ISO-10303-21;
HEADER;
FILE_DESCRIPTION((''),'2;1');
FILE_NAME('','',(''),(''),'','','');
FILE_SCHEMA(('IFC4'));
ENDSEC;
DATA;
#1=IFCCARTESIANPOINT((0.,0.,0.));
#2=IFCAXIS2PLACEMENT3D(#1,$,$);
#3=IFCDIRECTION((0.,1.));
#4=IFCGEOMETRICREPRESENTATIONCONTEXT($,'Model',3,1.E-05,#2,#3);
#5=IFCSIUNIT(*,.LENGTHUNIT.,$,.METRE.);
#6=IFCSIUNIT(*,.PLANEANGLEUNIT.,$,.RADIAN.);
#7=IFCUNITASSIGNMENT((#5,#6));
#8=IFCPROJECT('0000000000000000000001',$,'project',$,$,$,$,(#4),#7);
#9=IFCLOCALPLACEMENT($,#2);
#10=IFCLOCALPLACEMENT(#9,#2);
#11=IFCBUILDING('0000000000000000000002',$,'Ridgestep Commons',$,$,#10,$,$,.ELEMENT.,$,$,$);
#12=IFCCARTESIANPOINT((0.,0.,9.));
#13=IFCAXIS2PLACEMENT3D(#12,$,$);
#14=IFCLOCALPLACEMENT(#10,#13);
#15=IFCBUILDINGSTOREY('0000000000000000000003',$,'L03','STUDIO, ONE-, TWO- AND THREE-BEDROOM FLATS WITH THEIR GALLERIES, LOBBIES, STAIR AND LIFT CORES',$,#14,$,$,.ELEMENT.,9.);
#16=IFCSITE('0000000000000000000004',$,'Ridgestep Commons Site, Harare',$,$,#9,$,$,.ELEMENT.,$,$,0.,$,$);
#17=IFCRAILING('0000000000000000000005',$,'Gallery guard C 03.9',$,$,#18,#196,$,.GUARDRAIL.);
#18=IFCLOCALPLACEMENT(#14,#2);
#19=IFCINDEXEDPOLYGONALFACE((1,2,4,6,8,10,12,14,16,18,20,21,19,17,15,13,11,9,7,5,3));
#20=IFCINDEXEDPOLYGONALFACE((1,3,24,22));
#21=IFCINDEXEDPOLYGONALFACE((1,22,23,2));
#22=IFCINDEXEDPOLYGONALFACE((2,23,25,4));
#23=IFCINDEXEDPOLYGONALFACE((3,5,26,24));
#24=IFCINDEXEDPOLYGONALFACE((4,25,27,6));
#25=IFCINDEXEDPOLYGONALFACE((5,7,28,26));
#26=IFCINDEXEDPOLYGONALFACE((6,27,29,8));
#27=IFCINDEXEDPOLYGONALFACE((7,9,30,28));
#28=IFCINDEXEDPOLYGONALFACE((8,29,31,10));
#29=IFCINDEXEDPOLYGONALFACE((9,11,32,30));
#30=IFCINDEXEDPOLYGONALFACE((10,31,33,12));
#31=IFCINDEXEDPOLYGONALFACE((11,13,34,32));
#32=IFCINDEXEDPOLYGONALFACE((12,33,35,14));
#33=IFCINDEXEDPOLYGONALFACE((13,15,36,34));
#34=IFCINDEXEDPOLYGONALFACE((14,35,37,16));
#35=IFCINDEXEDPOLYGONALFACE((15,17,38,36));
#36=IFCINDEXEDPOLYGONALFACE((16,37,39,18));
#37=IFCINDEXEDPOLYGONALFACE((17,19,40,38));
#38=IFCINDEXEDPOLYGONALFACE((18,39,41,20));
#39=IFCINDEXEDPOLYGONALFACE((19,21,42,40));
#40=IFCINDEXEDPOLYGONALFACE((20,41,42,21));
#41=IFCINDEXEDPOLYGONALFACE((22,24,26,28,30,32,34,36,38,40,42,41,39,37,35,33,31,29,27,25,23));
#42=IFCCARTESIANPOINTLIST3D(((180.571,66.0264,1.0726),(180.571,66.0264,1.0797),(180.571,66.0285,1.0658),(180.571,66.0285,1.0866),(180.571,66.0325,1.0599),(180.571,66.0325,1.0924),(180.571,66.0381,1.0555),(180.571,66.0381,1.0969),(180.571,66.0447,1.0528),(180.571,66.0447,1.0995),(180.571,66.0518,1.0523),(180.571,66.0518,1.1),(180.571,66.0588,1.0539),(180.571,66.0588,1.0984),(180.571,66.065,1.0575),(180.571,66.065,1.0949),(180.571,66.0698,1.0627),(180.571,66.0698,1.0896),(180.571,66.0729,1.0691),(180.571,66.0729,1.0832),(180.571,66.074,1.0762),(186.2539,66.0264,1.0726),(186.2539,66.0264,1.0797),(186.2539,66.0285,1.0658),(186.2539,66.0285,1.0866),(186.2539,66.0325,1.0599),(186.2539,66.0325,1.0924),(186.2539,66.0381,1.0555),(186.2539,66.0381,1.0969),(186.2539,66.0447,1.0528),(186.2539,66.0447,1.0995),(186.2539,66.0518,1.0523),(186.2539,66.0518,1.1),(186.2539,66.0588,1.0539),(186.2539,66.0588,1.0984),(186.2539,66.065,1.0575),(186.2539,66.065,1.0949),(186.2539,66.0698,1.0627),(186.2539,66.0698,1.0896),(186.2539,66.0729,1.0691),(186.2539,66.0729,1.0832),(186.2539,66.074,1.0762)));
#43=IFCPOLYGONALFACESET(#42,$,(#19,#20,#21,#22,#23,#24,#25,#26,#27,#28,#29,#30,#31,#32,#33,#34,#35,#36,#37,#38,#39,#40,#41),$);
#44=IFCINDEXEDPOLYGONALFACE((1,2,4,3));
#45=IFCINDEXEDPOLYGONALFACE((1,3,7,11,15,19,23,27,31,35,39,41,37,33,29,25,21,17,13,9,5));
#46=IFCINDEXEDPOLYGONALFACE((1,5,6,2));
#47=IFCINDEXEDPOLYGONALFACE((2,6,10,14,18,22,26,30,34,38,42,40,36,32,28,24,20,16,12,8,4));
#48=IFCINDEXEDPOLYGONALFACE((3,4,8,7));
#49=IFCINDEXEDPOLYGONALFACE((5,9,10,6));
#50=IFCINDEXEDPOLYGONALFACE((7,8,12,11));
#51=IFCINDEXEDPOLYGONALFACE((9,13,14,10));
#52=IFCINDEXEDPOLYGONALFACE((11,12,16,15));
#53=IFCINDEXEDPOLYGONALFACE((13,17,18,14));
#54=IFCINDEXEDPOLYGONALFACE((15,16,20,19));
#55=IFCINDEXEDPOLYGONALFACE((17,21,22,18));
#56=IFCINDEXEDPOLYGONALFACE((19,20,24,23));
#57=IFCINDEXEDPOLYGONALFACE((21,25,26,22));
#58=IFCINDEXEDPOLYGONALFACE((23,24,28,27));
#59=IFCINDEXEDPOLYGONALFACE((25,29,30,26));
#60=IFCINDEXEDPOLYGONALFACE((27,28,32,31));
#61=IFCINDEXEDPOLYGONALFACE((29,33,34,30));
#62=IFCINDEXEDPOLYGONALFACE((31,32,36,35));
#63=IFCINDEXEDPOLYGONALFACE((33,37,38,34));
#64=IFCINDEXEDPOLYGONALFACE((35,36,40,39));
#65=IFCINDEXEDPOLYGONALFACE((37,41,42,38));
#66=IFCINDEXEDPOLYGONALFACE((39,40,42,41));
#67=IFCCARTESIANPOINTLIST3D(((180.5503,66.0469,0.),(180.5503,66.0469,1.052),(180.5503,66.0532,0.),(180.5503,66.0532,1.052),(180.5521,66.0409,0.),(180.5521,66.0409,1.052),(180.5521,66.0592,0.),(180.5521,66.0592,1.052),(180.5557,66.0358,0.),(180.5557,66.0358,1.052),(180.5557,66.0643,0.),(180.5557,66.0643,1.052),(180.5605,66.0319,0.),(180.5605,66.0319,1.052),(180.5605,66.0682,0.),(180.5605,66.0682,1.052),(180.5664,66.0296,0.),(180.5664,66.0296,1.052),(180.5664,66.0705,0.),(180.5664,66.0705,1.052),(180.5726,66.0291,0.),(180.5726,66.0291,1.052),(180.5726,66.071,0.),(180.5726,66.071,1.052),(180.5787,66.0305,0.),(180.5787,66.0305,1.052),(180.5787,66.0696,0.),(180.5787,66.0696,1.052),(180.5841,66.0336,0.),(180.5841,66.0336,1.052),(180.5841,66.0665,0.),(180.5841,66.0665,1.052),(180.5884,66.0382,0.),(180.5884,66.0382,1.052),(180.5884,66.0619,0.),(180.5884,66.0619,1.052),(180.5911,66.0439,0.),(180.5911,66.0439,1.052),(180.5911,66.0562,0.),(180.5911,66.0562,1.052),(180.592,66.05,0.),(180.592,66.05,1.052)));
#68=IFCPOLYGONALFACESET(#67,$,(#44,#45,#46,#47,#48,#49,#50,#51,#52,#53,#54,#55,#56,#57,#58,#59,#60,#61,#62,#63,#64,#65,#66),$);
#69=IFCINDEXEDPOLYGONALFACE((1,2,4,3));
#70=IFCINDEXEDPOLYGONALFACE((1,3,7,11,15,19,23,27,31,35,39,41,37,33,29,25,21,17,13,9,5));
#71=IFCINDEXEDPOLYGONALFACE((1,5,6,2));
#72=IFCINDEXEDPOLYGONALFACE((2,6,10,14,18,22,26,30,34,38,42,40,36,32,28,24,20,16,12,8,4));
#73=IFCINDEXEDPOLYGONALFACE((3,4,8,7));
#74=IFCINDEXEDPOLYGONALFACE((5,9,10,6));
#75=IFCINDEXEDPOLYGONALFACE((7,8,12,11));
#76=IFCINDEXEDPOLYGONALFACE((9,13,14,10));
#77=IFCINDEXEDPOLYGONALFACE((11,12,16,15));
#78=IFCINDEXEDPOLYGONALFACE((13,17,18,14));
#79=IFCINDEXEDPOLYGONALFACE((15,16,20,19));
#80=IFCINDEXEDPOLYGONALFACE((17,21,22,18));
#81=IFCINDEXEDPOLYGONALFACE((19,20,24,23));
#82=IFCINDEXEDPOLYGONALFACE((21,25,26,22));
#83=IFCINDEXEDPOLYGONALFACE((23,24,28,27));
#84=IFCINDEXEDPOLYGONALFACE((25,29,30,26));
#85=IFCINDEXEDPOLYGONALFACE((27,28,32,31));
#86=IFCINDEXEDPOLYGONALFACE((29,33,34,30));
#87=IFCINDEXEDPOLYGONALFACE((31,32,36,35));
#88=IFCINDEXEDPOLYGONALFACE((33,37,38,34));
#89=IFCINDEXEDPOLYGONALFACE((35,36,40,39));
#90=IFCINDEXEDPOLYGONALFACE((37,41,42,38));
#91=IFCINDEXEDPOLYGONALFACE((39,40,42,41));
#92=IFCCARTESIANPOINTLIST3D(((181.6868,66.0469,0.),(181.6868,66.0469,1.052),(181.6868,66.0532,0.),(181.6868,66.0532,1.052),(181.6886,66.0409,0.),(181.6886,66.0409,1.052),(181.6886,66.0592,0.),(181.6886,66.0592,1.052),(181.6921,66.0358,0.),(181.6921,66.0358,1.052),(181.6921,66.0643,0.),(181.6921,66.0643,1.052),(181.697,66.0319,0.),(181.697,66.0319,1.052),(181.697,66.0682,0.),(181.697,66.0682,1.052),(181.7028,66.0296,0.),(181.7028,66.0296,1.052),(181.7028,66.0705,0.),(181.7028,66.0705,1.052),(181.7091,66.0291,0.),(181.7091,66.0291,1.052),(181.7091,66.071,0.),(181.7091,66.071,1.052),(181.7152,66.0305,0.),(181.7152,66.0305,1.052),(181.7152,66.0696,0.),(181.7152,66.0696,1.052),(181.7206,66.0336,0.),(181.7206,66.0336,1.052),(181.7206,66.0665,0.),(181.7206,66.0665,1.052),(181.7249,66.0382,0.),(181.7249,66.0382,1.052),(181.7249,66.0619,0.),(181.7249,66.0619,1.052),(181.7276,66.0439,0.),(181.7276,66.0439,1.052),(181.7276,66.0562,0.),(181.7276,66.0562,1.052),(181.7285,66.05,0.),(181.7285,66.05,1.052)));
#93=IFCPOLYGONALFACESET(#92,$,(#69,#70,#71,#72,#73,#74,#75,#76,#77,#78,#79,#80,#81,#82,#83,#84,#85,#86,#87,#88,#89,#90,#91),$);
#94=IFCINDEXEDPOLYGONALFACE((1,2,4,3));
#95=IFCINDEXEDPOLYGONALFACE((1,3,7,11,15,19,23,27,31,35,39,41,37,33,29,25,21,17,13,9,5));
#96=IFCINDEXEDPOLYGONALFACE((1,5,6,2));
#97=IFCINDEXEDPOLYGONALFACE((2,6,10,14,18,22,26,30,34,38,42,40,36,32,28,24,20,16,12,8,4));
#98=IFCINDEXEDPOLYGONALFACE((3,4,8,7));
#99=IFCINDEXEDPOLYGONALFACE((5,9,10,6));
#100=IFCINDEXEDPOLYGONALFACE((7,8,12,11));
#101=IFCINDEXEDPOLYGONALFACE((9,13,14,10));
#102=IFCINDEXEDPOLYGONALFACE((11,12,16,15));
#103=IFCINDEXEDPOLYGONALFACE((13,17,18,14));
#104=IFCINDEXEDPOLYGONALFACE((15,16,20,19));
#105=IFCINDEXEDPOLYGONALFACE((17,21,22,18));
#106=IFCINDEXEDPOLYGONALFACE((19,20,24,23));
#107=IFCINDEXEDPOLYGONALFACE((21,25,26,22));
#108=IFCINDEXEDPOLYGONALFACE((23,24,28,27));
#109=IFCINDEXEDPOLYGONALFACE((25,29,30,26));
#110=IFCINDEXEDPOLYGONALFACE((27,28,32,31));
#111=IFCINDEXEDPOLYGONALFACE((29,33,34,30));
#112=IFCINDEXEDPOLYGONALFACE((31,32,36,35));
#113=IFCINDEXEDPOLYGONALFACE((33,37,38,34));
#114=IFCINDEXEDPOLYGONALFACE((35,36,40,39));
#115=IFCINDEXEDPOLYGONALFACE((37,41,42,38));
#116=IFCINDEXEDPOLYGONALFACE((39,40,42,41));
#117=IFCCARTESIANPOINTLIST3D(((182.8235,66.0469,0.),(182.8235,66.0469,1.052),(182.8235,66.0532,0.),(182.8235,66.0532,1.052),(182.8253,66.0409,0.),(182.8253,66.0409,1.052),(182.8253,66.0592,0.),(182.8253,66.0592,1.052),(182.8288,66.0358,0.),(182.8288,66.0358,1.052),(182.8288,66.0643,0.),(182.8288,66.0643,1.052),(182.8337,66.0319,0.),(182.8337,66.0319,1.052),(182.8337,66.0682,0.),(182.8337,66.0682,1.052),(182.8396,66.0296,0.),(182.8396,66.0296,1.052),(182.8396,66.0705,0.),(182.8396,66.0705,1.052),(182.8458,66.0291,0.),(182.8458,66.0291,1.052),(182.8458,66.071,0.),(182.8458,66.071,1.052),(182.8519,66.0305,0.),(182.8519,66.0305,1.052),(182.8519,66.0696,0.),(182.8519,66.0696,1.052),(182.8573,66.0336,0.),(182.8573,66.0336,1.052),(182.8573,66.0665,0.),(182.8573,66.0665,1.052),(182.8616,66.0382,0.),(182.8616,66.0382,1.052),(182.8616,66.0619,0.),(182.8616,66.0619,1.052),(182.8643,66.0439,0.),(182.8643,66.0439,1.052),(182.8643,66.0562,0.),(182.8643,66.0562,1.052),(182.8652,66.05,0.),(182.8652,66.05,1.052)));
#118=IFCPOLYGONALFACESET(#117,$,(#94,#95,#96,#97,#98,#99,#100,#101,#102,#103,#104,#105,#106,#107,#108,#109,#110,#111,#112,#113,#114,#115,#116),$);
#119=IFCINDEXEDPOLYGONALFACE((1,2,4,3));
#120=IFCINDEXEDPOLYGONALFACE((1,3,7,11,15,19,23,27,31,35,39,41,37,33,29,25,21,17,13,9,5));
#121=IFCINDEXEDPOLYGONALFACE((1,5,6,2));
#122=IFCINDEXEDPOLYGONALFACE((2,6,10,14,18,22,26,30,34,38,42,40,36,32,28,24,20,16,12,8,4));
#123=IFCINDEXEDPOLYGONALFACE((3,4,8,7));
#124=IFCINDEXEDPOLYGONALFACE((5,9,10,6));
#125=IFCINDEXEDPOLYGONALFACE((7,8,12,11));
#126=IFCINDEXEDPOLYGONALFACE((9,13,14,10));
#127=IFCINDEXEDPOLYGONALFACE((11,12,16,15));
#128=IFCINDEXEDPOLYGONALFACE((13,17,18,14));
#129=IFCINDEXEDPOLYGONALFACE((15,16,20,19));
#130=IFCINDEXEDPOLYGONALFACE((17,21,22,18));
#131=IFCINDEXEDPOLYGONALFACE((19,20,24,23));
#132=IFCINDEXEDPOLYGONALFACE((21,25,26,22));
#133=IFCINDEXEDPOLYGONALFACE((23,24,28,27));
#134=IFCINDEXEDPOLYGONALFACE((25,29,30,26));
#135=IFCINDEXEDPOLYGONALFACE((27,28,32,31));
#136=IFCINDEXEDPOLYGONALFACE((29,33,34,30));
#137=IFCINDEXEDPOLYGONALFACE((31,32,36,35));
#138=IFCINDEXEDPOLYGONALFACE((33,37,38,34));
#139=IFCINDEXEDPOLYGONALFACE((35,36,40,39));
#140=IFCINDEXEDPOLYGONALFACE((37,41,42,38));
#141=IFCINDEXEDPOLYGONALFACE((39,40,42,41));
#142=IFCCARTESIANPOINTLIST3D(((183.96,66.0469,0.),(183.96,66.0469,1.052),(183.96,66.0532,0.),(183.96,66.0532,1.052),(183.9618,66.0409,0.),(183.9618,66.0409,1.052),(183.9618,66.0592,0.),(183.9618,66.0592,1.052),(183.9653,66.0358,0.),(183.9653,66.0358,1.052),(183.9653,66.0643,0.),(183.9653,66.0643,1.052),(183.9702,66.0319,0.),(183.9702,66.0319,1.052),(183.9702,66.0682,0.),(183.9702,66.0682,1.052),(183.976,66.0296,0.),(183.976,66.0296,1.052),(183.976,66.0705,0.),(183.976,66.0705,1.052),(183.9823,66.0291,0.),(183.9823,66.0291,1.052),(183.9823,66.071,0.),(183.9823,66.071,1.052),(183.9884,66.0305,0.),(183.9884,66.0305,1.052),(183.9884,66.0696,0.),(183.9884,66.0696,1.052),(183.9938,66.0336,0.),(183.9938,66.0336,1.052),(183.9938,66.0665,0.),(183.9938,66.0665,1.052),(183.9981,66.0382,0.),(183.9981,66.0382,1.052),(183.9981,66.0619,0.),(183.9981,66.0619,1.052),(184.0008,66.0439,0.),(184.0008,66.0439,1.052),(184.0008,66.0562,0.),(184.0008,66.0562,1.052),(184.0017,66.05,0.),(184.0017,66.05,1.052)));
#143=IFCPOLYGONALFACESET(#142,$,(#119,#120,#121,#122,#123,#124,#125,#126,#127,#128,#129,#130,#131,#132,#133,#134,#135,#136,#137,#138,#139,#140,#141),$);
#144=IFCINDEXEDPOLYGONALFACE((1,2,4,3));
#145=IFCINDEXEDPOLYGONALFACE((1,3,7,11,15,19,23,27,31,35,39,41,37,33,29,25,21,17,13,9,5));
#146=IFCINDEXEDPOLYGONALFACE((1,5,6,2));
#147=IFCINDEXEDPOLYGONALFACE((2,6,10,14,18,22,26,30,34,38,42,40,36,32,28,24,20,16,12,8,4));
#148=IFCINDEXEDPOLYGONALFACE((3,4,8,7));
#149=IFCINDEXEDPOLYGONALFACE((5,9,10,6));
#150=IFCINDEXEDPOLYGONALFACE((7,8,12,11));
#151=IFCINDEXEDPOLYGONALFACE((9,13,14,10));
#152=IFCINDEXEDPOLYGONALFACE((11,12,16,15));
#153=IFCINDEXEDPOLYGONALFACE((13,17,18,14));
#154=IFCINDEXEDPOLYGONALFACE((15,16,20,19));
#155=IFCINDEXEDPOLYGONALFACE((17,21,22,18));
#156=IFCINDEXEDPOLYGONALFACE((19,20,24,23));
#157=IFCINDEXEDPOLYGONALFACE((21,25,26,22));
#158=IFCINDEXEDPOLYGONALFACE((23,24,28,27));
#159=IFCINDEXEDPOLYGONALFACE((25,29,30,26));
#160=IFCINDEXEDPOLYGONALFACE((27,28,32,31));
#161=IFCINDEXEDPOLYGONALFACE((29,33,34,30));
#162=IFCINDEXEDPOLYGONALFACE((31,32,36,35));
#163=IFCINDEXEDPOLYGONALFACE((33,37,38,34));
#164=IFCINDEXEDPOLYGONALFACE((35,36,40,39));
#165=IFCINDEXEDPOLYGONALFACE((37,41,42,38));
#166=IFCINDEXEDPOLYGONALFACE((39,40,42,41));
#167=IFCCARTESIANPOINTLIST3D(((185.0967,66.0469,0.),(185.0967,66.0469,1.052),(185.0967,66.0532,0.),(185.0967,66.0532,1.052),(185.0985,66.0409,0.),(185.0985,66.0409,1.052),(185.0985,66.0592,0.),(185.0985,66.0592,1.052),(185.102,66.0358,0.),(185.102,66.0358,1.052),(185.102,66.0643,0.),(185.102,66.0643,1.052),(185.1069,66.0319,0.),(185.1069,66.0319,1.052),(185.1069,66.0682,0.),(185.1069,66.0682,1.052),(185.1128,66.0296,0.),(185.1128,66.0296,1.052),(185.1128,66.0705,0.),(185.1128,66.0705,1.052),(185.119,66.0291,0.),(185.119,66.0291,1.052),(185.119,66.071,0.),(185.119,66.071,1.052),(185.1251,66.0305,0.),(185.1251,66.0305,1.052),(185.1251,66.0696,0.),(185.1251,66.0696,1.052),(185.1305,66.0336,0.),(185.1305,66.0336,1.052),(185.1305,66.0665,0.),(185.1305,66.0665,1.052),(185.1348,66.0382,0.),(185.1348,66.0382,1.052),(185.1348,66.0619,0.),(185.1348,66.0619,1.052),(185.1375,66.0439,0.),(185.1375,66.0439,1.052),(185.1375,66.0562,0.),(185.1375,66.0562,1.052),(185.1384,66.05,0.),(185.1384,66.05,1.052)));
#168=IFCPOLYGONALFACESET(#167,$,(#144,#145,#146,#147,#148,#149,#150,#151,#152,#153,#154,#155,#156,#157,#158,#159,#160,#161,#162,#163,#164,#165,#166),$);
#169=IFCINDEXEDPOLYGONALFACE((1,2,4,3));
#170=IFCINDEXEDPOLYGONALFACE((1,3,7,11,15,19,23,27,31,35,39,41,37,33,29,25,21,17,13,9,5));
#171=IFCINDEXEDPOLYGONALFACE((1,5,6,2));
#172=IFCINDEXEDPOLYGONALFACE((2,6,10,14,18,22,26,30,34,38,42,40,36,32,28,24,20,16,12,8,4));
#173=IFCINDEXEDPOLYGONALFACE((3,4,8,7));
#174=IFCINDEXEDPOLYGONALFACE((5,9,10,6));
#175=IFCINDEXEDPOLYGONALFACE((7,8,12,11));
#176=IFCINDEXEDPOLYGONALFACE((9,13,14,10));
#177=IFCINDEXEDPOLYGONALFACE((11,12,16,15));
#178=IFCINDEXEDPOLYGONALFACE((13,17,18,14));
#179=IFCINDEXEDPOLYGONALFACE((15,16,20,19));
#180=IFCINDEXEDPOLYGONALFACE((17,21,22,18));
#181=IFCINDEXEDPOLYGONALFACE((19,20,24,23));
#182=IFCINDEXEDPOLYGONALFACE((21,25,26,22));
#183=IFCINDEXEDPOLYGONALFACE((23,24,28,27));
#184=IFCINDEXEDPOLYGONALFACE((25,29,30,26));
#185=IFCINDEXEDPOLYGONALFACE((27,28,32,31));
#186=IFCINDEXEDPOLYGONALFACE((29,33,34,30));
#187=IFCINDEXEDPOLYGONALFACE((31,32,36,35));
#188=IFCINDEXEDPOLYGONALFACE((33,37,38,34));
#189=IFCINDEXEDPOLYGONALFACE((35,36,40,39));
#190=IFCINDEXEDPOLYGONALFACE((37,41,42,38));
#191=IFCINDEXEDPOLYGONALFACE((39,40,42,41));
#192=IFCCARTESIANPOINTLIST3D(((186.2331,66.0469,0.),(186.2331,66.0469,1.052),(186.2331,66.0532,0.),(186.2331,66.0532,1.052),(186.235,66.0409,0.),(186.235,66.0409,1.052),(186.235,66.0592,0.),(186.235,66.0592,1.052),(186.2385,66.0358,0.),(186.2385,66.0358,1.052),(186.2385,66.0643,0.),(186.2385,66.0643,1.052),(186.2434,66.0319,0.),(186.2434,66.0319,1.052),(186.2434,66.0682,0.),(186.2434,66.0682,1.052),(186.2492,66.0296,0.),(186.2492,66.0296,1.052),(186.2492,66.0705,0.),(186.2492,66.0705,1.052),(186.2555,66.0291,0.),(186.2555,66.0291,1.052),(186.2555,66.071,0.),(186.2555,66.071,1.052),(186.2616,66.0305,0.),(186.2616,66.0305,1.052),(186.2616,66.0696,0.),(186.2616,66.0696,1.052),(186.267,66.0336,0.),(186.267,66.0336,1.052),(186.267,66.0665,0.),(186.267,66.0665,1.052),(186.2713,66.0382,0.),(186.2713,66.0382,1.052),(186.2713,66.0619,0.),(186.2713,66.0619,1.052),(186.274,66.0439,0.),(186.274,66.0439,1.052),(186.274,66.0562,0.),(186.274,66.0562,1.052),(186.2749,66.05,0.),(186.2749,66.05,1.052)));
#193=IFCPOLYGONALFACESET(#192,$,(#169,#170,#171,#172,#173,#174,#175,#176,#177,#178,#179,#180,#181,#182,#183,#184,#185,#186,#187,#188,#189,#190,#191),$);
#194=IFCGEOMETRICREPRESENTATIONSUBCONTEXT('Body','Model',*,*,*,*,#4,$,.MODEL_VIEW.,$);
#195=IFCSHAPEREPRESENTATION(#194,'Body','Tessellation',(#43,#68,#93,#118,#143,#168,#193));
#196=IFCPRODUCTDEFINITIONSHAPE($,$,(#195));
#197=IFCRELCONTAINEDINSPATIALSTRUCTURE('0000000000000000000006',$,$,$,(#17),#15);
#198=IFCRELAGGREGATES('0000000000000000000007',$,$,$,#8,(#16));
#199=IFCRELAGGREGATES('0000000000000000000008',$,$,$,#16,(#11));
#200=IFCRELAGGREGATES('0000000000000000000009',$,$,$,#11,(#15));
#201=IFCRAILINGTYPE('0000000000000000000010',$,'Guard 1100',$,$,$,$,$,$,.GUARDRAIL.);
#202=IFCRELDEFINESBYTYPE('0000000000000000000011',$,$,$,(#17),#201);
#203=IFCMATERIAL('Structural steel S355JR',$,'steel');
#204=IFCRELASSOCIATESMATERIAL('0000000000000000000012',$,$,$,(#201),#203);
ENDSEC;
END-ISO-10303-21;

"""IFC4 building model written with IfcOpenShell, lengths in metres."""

from ifc_helpers import new_model, si_unit, direction, frame, origin, origin_2d, place, context, subcontext, project, spatial, circle, extrude, material, type_object, element, save


model = new_model("IFC4")

# Units and contexts
model_context = context("Model", 3, precision=1e-05, world=origin(), true_north=direction((0.0, 1.0)))
body_context = subcontext(model_context, "Body", "Model", "MODEL_VIEW")
ifc_project = project(units=[si_unit("LENGTHUNIT", "METRE"), si_unit("PLANEANGLEUNIT", "RADIAN")], contexts=[model_context])

# Site, building, storey
site_placement = place(None, origin())
site = spatial("IfcSite", under=ifc_project, at=site_placement, Name="Ridgestep Commons Site, Harare", CompositionType="ELEMENT", RefElevation=0.0)
building_placement = place(site_placement, origin())
building = spatial("IfcBuilding", under=site, at=building_placement, Name="Ridgestep Commons", CompositionType="ELEMENT")
storey_placement = place(building_placement, frame((0.0, 0.0, 9.0)))
storey = spatial("IfcBuildingStorey", under=building, at=storey_placement, Name="L03", Description="STUDIO, ONE-, TWO- AND THREE-BEDROOM FLATS WITH THEIR GALLERIES, LOBBIES, STAIR AND LIFT CORES", CompositionType="ELEMENT", Elevation=9.0)

# Railing
ifc_material_1 = material(Name="Structural steel S355JR", Category="steel")
railing_type_1 = type_object("IfcRailingType", Name="Guard 1100", PredefinedType="GUARDRAIL", material=ifc_material_1)
railing_1_placement = place(storey_placement, frame((180.571, 66.05, 0.0)))
element("IfcRailing", 1, at=railing_1_placement, inside=storey, type_object=railing_type_1, Name="Gallery guard C 03.9", PredefinedType="GUARDRAIL", context=body_context, shape_type="SweptSolid", body=[
    extrude(circle(Radius=0.0239, at=origin_2d()), frame((0.0, 0.0, 1.0762), z_axis=(1.0, 0.0, 0.0), x_axis=(0.0, 1.0, 0.0)), (0.0, 0.0, 1.0), 5.6829),
    extrude(circle(Radius=0.021, at=origin_2d()), origin(), (0.0, 0.0, 1.0), 1.052),
    extrude(circle(Radius=0.021, at=origin_2d()), frame((1.1365, 0.0, 0.0)), (0.0, 0.0, 1.0), 1.052),
    extrude(circle(Radius=0.021, at=origin_2d()), frame((2.2732, 0.0, 0.0)), (0.0, 0.0, 1.0), 1.052),
    extrude(circle(Radius=0.021, at=origin_2d()), frame((3.4097, 0.0, 0.0)), (0.0, 0.0, 1.0), 1.052),
    extrude(circle(Radius=0.021, at=origin_2d()), frame((4.5464, 0.0, 0.0)), (0.0, 0.0, 1.0), 1.052),
    extrude(circle(Radius=0.021, at=origin_2d()), frame((5.6829, 0.0, 0.0)), (0.0, 0.0, 1.0), 1.052),
])

save(model, "model.ifc")
